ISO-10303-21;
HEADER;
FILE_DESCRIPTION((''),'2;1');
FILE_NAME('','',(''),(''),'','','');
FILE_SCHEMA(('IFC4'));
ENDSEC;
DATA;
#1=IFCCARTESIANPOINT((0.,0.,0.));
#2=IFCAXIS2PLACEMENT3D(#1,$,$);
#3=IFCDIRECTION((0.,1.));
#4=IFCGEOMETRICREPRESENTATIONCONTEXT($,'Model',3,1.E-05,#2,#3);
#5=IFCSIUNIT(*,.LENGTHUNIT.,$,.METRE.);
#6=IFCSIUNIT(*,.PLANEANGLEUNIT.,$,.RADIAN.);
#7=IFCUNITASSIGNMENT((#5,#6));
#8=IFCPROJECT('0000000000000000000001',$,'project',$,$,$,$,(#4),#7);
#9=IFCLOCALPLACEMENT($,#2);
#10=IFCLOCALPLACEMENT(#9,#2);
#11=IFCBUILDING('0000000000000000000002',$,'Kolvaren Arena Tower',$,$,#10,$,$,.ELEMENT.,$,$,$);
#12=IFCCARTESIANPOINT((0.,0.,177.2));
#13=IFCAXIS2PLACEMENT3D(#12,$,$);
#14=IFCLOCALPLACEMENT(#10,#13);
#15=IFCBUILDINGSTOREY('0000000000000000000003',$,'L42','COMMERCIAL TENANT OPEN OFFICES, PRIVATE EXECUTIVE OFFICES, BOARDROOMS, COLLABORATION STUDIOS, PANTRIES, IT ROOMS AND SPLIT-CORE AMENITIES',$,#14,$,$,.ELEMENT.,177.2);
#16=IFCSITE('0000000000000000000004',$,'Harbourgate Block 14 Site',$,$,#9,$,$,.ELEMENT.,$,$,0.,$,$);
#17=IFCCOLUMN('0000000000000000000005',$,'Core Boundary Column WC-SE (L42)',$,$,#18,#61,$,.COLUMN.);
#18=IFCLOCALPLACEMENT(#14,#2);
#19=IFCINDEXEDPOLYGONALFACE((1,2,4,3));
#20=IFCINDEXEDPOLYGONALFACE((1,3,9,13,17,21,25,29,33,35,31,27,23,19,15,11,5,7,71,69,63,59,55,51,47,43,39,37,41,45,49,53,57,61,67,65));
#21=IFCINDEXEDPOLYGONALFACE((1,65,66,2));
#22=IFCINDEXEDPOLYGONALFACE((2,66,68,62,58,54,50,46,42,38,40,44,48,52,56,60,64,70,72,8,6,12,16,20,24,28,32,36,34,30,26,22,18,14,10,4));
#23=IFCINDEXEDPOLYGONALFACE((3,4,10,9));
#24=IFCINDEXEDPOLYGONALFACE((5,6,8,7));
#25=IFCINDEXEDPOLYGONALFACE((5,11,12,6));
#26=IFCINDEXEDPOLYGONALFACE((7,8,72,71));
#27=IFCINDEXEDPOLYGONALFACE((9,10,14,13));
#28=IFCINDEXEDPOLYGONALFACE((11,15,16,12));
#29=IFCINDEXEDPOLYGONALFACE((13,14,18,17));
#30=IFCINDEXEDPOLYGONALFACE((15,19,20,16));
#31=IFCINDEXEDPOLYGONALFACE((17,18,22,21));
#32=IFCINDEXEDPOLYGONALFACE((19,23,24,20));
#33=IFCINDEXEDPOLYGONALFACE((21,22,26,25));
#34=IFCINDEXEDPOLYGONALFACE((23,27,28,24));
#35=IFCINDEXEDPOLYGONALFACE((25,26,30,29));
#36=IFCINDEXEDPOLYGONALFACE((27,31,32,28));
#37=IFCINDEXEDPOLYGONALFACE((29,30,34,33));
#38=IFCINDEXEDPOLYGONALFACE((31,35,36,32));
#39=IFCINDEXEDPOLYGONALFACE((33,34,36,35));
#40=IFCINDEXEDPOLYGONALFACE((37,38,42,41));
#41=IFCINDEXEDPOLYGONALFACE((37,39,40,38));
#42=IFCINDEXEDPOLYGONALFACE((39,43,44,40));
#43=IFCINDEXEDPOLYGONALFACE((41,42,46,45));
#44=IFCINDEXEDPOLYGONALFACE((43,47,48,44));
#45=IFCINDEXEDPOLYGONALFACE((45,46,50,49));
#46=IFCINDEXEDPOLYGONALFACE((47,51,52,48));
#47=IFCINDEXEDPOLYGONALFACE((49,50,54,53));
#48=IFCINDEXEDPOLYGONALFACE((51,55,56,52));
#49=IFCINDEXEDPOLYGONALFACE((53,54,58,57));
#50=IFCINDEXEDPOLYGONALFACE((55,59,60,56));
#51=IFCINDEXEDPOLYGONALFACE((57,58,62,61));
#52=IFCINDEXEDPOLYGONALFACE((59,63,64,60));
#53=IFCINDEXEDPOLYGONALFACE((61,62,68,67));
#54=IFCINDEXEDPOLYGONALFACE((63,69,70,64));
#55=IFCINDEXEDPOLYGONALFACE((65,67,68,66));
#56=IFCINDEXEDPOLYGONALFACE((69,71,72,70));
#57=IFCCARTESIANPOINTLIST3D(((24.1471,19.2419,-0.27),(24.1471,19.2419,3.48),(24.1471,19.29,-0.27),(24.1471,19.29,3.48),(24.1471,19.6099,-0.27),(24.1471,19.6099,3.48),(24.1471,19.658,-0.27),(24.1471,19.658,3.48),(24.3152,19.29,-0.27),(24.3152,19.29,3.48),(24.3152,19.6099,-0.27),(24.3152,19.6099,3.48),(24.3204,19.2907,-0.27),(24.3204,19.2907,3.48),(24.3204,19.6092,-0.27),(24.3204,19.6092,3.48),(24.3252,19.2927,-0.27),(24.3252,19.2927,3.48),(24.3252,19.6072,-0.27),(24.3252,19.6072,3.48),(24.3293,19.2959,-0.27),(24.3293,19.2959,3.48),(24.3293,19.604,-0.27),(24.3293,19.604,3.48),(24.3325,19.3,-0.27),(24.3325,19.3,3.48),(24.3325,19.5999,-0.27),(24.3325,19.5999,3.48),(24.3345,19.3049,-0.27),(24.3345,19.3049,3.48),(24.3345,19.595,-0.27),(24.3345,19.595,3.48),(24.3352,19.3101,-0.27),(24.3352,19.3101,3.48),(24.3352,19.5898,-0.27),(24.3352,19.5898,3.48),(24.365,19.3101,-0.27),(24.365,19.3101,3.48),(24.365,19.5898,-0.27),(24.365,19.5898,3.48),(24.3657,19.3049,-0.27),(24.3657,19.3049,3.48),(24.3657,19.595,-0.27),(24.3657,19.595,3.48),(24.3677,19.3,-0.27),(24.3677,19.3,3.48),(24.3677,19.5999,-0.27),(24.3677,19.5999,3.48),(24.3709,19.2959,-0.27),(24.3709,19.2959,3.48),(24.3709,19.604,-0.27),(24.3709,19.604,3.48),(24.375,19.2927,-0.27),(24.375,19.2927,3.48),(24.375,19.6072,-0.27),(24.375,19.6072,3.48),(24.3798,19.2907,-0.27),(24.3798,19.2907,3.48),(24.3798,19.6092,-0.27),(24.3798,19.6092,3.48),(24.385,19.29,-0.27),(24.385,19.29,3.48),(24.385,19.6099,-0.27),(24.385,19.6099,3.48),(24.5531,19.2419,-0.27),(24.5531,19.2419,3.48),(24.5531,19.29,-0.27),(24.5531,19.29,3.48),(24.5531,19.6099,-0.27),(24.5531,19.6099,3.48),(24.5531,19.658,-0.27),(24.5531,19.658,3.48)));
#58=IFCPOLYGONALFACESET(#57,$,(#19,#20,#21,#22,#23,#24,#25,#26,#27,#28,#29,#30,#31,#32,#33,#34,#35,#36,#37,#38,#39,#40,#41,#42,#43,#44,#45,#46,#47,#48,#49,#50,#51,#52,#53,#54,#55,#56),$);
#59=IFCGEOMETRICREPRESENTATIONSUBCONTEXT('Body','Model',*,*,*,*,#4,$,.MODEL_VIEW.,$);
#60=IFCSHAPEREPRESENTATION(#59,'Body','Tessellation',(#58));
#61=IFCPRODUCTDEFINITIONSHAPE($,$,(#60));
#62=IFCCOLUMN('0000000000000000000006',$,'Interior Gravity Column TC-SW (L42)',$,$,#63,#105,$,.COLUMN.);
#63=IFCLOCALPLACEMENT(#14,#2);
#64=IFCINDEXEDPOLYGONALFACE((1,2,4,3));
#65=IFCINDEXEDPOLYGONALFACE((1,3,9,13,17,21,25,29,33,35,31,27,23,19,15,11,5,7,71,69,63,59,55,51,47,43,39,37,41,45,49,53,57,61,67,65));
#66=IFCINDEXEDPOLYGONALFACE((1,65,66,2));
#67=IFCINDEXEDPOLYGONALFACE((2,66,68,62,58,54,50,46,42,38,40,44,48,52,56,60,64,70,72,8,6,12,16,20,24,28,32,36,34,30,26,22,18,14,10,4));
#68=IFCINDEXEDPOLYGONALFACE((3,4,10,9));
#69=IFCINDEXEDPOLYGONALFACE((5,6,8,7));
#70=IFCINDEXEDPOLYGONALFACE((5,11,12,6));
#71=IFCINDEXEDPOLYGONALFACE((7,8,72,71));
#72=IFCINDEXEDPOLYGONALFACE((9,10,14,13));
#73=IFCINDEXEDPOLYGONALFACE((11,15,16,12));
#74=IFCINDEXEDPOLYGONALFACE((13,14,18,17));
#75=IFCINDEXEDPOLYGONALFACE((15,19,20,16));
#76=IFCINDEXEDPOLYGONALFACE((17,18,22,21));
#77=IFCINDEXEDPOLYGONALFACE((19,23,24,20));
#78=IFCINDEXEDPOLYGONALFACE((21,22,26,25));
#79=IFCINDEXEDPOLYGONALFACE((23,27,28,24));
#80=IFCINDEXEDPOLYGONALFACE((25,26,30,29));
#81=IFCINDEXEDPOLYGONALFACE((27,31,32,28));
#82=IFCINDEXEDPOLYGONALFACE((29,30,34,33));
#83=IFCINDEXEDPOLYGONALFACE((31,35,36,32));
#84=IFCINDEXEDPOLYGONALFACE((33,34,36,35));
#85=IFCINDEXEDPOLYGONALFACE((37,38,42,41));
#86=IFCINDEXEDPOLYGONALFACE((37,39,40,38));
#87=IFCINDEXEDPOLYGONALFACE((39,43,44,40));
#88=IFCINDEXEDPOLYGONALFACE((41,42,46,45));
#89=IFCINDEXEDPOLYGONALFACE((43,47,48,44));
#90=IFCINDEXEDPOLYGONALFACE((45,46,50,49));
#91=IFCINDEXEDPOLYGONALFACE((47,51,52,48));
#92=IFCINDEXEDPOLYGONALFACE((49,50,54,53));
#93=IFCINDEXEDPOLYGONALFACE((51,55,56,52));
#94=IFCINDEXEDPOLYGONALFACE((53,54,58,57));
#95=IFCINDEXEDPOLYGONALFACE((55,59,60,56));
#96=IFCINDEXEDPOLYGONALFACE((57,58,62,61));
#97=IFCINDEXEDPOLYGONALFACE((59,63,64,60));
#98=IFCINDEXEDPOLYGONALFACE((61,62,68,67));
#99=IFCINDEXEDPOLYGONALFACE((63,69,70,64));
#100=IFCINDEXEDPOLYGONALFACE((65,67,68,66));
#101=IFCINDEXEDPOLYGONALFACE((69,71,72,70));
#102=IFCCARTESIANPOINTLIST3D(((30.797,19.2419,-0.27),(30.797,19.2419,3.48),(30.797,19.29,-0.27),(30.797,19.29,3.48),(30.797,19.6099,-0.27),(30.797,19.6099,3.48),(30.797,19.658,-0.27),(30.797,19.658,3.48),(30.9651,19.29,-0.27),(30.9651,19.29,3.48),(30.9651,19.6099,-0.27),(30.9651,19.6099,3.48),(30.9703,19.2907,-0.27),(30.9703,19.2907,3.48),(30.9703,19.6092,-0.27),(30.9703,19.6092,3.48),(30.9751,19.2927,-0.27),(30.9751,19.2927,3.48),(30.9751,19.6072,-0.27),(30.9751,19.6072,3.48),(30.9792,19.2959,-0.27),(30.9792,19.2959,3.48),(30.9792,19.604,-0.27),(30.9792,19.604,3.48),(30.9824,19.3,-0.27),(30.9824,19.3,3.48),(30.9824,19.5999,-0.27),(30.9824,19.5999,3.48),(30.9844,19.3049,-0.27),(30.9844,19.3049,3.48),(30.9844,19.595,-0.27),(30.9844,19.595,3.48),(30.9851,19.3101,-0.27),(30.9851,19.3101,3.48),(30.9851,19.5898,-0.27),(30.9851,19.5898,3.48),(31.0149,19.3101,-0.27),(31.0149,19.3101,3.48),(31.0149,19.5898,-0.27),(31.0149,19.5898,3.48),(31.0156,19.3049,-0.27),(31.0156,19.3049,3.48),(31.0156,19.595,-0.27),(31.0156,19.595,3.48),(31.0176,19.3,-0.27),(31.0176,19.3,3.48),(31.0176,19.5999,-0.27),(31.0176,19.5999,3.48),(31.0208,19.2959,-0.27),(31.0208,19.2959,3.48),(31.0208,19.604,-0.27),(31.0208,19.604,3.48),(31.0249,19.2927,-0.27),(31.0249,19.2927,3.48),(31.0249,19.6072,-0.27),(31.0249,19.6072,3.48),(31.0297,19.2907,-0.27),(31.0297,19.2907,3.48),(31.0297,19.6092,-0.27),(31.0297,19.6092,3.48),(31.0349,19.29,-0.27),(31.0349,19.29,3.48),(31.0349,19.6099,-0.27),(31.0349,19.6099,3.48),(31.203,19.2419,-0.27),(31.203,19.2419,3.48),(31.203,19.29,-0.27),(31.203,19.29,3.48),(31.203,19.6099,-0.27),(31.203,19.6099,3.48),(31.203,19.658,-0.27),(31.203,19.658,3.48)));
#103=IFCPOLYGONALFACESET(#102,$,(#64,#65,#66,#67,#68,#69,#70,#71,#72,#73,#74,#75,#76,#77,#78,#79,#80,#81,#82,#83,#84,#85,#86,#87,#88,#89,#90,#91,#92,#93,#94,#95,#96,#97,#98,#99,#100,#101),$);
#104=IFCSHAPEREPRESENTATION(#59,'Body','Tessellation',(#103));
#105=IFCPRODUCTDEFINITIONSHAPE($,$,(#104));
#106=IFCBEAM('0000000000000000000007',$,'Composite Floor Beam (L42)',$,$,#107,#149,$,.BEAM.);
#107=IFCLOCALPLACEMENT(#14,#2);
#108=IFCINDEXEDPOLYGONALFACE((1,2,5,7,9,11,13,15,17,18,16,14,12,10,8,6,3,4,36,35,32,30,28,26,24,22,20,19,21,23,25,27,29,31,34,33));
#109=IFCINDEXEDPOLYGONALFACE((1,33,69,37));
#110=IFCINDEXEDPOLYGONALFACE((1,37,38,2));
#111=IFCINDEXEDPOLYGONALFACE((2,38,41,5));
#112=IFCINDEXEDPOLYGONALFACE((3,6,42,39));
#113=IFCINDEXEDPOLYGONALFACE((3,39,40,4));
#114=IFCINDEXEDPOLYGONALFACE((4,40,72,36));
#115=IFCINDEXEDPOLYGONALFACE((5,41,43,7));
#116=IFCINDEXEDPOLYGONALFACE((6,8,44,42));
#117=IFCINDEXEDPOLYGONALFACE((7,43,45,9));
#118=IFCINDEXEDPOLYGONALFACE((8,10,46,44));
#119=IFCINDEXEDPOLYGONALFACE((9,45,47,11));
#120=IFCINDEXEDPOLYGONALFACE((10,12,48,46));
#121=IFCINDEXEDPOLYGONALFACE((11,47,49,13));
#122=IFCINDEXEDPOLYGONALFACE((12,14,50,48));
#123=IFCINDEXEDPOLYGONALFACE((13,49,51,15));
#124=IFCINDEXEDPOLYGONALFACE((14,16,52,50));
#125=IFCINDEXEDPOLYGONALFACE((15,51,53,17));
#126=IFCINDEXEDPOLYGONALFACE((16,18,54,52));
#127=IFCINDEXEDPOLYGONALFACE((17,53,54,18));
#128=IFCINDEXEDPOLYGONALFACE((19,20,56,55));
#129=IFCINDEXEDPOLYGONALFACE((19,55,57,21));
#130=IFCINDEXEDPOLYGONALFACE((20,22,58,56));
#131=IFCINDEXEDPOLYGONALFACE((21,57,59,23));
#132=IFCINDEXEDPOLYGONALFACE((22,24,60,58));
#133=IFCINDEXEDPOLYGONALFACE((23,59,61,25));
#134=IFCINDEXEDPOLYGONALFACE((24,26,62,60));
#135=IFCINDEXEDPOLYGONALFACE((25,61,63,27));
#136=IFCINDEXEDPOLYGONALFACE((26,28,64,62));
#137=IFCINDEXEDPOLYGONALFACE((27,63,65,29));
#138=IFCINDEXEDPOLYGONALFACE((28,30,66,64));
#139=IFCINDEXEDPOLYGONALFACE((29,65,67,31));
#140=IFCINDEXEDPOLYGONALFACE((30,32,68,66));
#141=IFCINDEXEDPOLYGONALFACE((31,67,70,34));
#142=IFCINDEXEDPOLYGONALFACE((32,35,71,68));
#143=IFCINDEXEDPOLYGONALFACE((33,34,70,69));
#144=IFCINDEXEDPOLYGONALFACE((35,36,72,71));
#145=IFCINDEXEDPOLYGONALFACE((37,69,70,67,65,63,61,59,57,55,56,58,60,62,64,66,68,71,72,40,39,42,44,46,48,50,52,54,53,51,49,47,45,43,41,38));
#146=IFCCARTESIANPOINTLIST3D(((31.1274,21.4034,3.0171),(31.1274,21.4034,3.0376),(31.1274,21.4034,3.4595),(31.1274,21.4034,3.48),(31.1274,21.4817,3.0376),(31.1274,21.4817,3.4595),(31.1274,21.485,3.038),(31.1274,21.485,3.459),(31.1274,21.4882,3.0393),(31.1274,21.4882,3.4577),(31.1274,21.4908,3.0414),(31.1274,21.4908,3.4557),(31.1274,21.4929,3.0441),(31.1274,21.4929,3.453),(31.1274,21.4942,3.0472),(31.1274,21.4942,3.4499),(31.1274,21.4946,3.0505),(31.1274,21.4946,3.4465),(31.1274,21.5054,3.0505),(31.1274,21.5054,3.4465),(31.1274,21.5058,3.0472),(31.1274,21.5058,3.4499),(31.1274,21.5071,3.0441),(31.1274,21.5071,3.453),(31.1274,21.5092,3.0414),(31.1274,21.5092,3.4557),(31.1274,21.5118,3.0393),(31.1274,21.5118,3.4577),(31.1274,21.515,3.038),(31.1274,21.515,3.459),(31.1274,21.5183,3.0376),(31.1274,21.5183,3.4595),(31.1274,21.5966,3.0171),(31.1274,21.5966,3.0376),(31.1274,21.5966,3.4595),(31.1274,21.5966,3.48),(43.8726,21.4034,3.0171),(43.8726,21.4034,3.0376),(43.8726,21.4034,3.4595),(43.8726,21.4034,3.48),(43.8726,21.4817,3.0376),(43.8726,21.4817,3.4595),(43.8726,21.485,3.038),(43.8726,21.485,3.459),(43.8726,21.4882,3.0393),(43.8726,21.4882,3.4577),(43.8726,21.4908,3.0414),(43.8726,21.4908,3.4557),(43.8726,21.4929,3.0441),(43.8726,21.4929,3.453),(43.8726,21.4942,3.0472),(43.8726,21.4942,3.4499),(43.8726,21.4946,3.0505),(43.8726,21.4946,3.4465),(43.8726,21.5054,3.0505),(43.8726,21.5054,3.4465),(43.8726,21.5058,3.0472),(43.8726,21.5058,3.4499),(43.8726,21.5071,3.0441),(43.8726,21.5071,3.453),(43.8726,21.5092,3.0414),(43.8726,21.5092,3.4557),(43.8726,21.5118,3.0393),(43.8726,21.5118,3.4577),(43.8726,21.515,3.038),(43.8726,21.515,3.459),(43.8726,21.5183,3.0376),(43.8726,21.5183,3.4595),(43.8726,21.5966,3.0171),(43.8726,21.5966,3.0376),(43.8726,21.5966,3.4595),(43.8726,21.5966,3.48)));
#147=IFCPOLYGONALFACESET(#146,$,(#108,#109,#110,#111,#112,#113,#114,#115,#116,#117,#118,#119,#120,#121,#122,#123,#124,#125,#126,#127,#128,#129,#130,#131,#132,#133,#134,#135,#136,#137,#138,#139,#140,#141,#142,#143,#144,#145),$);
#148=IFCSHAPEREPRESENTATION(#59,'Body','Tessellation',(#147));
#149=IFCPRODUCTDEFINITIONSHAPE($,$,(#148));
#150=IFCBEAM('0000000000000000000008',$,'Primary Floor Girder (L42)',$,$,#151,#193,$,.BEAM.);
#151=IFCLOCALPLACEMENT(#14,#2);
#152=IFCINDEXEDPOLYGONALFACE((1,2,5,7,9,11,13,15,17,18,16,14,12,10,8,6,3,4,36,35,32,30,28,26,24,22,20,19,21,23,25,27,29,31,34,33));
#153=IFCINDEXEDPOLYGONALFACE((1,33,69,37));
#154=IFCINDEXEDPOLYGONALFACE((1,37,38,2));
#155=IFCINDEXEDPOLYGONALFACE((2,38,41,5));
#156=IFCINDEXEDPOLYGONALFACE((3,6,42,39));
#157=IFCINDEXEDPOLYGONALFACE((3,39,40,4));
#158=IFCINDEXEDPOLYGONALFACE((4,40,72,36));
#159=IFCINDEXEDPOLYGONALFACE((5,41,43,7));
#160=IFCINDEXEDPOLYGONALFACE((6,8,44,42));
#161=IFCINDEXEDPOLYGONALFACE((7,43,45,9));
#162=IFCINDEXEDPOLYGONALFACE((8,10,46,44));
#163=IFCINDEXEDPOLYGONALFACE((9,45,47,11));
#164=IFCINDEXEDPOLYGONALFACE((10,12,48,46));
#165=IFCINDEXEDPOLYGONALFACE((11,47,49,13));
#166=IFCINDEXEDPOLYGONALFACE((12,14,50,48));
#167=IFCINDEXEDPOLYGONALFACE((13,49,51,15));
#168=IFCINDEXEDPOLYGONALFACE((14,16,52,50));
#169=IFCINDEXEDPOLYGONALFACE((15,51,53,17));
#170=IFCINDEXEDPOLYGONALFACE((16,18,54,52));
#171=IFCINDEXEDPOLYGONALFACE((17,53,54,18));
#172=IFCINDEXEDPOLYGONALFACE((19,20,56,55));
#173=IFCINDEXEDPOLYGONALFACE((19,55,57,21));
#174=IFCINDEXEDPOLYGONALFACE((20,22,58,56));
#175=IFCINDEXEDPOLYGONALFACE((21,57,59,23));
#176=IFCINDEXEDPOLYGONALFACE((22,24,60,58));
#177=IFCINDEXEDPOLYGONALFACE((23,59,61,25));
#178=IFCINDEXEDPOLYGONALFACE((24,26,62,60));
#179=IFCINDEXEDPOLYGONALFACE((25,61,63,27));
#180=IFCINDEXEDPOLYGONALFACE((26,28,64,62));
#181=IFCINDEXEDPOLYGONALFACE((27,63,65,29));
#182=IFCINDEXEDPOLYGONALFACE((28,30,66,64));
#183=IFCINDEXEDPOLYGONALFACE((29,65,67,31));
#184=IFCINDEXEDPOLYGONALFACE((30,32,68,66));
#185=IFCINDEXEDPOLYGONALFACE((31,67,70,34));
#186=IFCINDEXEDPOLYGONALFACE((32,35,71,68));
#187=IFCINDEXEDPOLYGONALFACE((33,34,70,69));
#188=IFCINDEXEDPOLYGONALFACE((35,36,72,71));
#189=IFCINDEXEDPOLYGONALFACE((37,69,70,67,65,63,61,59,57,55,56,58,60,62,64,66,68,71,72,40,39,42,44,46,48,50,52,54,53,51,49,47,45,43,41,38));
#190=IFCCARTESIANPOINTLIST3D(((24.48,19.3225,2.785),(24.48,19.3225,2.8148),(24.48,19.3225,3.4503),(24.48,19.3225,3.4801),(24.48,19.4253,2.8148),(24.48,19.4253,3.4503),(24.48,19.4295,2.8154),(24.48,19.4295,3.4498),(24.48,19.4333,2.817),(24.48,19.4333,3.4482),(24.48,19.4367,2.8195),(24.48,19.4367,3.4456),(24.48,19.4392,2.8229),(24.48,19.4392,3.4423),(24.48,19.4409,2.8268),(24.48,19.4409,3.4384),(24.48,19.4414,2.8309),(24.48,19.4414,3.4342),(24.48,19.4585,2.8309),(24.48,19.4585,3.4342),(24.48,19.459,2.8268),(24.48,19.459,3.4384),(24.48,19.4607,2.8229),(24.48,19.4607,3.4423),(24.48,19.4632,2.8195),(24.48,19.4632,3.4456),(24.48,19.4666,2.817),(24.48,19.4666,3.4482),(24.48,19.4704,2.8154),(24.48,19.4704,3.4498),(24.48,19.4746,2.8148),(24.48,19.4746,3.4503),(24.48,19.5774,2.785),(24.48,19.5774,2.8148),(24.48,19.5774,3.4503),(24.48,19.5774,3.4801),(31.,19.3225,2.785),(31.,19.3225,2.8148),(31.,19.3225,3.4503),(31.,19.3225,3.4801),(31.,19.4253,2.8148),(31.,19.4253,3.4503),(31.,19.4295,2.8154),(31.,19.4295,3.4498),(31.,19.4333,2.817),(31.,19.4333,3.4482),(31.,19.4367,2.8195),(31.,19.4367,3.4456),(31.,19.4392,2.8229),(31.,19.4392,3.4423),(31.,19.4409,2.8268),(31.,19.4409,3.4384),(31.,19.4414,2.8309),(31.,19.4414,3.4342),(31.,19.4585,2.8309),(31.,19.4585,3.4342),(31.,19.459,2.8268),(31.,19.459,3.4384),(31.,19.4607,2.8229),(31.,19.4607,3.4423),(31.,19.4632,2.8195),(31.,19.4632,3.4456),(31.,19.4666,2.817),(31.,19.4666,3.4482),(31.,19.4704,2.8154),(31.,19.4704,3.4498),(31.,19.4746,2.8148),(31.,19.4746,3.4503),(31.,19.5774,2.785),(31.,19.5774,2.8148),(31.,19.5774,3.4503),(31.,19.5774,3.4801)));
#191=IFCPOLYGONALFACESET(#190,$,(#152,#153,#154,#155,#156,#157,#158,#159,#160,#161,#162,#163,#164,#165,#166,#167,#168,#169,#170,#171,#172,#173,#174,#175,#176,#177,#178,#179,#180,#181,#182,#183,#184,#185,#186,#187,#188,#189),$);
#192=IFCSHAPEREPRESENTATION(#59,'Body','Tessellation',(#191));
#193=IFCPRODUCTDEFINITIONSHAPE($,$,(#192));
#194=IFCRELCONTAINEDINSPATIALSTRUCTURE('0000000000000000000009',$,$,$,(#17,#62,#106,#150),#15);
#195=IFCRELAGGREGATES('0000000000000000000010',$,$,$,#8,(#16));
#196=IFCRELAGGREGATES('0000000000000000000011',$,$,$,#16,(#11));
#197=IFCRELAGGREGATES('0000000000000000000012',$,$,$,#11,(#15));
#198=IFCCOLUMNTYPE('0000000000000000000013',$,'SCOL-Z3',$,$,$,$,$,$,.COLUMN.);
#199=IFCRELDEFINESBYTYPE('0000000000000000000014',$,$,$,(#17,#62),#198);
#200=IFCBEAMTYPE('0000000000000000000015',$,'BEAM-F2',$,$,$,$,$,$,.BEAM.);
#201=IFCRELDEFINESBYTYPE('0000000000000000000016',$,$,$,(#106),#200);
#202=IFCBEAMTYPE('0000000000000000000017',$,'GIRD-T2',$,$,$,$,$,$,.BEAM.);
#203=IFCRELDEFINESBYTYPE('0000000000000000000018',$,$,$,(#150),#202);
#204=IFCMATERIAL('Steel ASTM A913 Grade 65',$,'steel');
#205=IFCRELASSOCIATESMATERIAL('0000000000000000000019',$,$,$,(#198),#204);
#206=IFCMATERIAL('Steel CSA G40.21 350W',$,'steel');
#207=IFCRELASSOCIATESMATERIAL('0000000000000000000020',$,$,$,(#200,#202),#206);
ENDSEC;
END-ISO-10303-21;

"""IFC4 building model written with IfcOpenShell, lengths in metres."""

from ifc_helpers import new_model, si_unit, direction, frame, origin, origin_2d, place, context, subcontext, project, spatial, i_section, extrude, material, material_profile, profile_set, type_object, element, save


model = new_model("IFC4")

# Units and contexts
model_context = context("Model", 3, precision=1e-05, world=origin(), true_north=direction((0.0, 1.0)))
body_context = subcontext(model_context, "Body", "Model", "MODEL_VIEW")
ifc_project = project(units=[si_unit("LENGTHUNIT", "METRE"), si_unit("PLANEANGLEUNIT", "RADIAN")], contexts=[model_context])

# Site, building, storey
site_placement = place(None, origin())
site = spatial("IfcSite", under=ifc_project, at=site_placement, Name="Harbourgate Block 14 Site", CompositionType="ELEMENT", RefElevation=0.0)
building_placement = place(site_placement, origin())
building = spatial("IfcBuilding", under=site, at=building_placement, Name="Kolvaren Arena Tower", CompositionType="ELEMENT")
storey_placement = place(building_placement, frame((0.0, 0.0, 177.2)))
storey = spatial("IfcBuildingStorey", under=building, at=storey_placement, Name="L42", Description="COMMERCIAL TENANT OPEN OFFICES, PRIVATE EXECUTIVE OFFICES, BOARDROOMS, COLLABORATION STUDIOS, PANTRIES, IT ROOMS AND SPLIT-CORE AMENITIES", CompositionType="ELEMENT", Elevation=177.2)

# Columns
ifc_material_1 = material(Name="Steel ASTM A913 Grade 65", Category="steel")
ifc_material_profile_1 = material_profile(ifc_material_1, i_section(OverallWidth=0.406, OverallDepth=0.416, WebThickness=0.0298, FlangeThickness=0.0481, FilletRadius=0.02, at=origin_2d()), Name="W360x382")
ifc_profile_set_1 = profile_set([ifc_material_profile_1], Name="Steel ASTM A913 Grade 65")
column_type = type_object("IfcColumnType", Name="SCOL-Z3", PredefinedType="COLUMN", material=ifc_profile_set_1)
for number, where, z_axis, x_axis, name in (
    (1, (24.3501, 19.45, -0.27), (0.0, 0.0, 1.0), (1.0, 0.0, 0.0), "Core Boundary Column WC-SE (L42)"),
    (2, (31.0, 19.45, -0.27), (0.0, 0.0, 1.0), (1.0, 0.0, 0.0), "Interior Gravity Column TC-SW (L42)"),
):
    element("IfcColumn", number, at=place(storey_placement, frame(where, z_axis=z_axis, x_axis=x_axis)), inside=storey, type_object=column_type, Name=name, PredefinedType="COLUMN", context=body_context, shape_type="SweptSolid", body=[
        extrude(i_section(OverallWidth=0.406, OverallDepth=0.416, WebThickness=0.0298, FlangeThickness=0.0481, FilletRadius=0.02, at=origin_2d()), origin(), (0.0, 0.0, 1.0), 3.75),
    ])

# Beams
ifc_material_2 = material(Name="Steel CSA G40.21 350W", Category="steel")
ifc_material_profile_2 = material_profile(ifc_material_2, i_section(OverallWidth=0.1931, OverallDepth=0.4629, WebThickness=0.0107, FlangeThickness=0.0205, FilletRadius=0.0129, at=origin_2d()), Name="W460x113")
ifc_profile_set_2 = profile_set([ifc_material_profile_2], Name="Steel CSA G40.21 350W")
beam_type_1 = type_object("IfcBeamType", Name="BEAM-F2", PredefinedType="BEAM", material=ifc_profile_set_2)
beam_1_placement = place(storey_placement, frame((31.1274, 21.5, 3.2485), z_axis=(1.0, 0.0, 0.0), x_axis=(0.0, 1.0, 0.0)))
element("IfcBeam", 3, at=beam_1_placement, inside=storey, type_object=beam_type_1, Name="Composite Floor Beam (L42)", PredefinedType="BEAM", context=body_context, shape_type="SweptSolid", body=[
    extrude(i_section(OverallWidth=0.1931, OverallDepth=0.4629, WebThickness=0.0107, FlangeThickness=0.0205, FilletRadius=0.0129, at=origin_2d()), origin(), (0.0, 0.0, 1.0), 12.7451),
])
ifc_material_profile_3 = material_profile(ifc_material_2, i_section(OverallWidth=0.2549, OverallDepth=0.6951, WebThickness=0.0171, FlangeThickness=0.0298, FilletRadius=0.0161, at=origin_2d()), Name="W690x217")
ifc_profile_set_3 = profile_set([ifc_material_profile_3], Name="Steel CSA G40.21 350W")
beam_type_2 = type_object("IfcBeamType", Name="GIRD-T2", PredefinedType="BEAM", material=ifc_profile_set_3)
beam_2_placement = place(storey_placement, frame((24.48, 19.45, 3.1326), z_axis=(1.0, 0.0, 0.0), x_axis=(0.0, 1.0, 0.0)))
element("IfcBeam", 4, at=beam_2_placement, inside=storey, type_object=beam_type_2, Name="Primary Floor Girder (L42)", PredefinedType="BEAM", context=body_context, shape_type="SweptSolid", body=[
    extrude(i_section(OverallWidth=0.2549, OverallDepth=0.6951, WebThickness=0.0171, FlangeThickness=0.0298, FilletRadius=0.0161, at=origin_2d()), origin(), (0.0, 0.0, 1.0), 6.52),
])

save(model, "model.ifc")
